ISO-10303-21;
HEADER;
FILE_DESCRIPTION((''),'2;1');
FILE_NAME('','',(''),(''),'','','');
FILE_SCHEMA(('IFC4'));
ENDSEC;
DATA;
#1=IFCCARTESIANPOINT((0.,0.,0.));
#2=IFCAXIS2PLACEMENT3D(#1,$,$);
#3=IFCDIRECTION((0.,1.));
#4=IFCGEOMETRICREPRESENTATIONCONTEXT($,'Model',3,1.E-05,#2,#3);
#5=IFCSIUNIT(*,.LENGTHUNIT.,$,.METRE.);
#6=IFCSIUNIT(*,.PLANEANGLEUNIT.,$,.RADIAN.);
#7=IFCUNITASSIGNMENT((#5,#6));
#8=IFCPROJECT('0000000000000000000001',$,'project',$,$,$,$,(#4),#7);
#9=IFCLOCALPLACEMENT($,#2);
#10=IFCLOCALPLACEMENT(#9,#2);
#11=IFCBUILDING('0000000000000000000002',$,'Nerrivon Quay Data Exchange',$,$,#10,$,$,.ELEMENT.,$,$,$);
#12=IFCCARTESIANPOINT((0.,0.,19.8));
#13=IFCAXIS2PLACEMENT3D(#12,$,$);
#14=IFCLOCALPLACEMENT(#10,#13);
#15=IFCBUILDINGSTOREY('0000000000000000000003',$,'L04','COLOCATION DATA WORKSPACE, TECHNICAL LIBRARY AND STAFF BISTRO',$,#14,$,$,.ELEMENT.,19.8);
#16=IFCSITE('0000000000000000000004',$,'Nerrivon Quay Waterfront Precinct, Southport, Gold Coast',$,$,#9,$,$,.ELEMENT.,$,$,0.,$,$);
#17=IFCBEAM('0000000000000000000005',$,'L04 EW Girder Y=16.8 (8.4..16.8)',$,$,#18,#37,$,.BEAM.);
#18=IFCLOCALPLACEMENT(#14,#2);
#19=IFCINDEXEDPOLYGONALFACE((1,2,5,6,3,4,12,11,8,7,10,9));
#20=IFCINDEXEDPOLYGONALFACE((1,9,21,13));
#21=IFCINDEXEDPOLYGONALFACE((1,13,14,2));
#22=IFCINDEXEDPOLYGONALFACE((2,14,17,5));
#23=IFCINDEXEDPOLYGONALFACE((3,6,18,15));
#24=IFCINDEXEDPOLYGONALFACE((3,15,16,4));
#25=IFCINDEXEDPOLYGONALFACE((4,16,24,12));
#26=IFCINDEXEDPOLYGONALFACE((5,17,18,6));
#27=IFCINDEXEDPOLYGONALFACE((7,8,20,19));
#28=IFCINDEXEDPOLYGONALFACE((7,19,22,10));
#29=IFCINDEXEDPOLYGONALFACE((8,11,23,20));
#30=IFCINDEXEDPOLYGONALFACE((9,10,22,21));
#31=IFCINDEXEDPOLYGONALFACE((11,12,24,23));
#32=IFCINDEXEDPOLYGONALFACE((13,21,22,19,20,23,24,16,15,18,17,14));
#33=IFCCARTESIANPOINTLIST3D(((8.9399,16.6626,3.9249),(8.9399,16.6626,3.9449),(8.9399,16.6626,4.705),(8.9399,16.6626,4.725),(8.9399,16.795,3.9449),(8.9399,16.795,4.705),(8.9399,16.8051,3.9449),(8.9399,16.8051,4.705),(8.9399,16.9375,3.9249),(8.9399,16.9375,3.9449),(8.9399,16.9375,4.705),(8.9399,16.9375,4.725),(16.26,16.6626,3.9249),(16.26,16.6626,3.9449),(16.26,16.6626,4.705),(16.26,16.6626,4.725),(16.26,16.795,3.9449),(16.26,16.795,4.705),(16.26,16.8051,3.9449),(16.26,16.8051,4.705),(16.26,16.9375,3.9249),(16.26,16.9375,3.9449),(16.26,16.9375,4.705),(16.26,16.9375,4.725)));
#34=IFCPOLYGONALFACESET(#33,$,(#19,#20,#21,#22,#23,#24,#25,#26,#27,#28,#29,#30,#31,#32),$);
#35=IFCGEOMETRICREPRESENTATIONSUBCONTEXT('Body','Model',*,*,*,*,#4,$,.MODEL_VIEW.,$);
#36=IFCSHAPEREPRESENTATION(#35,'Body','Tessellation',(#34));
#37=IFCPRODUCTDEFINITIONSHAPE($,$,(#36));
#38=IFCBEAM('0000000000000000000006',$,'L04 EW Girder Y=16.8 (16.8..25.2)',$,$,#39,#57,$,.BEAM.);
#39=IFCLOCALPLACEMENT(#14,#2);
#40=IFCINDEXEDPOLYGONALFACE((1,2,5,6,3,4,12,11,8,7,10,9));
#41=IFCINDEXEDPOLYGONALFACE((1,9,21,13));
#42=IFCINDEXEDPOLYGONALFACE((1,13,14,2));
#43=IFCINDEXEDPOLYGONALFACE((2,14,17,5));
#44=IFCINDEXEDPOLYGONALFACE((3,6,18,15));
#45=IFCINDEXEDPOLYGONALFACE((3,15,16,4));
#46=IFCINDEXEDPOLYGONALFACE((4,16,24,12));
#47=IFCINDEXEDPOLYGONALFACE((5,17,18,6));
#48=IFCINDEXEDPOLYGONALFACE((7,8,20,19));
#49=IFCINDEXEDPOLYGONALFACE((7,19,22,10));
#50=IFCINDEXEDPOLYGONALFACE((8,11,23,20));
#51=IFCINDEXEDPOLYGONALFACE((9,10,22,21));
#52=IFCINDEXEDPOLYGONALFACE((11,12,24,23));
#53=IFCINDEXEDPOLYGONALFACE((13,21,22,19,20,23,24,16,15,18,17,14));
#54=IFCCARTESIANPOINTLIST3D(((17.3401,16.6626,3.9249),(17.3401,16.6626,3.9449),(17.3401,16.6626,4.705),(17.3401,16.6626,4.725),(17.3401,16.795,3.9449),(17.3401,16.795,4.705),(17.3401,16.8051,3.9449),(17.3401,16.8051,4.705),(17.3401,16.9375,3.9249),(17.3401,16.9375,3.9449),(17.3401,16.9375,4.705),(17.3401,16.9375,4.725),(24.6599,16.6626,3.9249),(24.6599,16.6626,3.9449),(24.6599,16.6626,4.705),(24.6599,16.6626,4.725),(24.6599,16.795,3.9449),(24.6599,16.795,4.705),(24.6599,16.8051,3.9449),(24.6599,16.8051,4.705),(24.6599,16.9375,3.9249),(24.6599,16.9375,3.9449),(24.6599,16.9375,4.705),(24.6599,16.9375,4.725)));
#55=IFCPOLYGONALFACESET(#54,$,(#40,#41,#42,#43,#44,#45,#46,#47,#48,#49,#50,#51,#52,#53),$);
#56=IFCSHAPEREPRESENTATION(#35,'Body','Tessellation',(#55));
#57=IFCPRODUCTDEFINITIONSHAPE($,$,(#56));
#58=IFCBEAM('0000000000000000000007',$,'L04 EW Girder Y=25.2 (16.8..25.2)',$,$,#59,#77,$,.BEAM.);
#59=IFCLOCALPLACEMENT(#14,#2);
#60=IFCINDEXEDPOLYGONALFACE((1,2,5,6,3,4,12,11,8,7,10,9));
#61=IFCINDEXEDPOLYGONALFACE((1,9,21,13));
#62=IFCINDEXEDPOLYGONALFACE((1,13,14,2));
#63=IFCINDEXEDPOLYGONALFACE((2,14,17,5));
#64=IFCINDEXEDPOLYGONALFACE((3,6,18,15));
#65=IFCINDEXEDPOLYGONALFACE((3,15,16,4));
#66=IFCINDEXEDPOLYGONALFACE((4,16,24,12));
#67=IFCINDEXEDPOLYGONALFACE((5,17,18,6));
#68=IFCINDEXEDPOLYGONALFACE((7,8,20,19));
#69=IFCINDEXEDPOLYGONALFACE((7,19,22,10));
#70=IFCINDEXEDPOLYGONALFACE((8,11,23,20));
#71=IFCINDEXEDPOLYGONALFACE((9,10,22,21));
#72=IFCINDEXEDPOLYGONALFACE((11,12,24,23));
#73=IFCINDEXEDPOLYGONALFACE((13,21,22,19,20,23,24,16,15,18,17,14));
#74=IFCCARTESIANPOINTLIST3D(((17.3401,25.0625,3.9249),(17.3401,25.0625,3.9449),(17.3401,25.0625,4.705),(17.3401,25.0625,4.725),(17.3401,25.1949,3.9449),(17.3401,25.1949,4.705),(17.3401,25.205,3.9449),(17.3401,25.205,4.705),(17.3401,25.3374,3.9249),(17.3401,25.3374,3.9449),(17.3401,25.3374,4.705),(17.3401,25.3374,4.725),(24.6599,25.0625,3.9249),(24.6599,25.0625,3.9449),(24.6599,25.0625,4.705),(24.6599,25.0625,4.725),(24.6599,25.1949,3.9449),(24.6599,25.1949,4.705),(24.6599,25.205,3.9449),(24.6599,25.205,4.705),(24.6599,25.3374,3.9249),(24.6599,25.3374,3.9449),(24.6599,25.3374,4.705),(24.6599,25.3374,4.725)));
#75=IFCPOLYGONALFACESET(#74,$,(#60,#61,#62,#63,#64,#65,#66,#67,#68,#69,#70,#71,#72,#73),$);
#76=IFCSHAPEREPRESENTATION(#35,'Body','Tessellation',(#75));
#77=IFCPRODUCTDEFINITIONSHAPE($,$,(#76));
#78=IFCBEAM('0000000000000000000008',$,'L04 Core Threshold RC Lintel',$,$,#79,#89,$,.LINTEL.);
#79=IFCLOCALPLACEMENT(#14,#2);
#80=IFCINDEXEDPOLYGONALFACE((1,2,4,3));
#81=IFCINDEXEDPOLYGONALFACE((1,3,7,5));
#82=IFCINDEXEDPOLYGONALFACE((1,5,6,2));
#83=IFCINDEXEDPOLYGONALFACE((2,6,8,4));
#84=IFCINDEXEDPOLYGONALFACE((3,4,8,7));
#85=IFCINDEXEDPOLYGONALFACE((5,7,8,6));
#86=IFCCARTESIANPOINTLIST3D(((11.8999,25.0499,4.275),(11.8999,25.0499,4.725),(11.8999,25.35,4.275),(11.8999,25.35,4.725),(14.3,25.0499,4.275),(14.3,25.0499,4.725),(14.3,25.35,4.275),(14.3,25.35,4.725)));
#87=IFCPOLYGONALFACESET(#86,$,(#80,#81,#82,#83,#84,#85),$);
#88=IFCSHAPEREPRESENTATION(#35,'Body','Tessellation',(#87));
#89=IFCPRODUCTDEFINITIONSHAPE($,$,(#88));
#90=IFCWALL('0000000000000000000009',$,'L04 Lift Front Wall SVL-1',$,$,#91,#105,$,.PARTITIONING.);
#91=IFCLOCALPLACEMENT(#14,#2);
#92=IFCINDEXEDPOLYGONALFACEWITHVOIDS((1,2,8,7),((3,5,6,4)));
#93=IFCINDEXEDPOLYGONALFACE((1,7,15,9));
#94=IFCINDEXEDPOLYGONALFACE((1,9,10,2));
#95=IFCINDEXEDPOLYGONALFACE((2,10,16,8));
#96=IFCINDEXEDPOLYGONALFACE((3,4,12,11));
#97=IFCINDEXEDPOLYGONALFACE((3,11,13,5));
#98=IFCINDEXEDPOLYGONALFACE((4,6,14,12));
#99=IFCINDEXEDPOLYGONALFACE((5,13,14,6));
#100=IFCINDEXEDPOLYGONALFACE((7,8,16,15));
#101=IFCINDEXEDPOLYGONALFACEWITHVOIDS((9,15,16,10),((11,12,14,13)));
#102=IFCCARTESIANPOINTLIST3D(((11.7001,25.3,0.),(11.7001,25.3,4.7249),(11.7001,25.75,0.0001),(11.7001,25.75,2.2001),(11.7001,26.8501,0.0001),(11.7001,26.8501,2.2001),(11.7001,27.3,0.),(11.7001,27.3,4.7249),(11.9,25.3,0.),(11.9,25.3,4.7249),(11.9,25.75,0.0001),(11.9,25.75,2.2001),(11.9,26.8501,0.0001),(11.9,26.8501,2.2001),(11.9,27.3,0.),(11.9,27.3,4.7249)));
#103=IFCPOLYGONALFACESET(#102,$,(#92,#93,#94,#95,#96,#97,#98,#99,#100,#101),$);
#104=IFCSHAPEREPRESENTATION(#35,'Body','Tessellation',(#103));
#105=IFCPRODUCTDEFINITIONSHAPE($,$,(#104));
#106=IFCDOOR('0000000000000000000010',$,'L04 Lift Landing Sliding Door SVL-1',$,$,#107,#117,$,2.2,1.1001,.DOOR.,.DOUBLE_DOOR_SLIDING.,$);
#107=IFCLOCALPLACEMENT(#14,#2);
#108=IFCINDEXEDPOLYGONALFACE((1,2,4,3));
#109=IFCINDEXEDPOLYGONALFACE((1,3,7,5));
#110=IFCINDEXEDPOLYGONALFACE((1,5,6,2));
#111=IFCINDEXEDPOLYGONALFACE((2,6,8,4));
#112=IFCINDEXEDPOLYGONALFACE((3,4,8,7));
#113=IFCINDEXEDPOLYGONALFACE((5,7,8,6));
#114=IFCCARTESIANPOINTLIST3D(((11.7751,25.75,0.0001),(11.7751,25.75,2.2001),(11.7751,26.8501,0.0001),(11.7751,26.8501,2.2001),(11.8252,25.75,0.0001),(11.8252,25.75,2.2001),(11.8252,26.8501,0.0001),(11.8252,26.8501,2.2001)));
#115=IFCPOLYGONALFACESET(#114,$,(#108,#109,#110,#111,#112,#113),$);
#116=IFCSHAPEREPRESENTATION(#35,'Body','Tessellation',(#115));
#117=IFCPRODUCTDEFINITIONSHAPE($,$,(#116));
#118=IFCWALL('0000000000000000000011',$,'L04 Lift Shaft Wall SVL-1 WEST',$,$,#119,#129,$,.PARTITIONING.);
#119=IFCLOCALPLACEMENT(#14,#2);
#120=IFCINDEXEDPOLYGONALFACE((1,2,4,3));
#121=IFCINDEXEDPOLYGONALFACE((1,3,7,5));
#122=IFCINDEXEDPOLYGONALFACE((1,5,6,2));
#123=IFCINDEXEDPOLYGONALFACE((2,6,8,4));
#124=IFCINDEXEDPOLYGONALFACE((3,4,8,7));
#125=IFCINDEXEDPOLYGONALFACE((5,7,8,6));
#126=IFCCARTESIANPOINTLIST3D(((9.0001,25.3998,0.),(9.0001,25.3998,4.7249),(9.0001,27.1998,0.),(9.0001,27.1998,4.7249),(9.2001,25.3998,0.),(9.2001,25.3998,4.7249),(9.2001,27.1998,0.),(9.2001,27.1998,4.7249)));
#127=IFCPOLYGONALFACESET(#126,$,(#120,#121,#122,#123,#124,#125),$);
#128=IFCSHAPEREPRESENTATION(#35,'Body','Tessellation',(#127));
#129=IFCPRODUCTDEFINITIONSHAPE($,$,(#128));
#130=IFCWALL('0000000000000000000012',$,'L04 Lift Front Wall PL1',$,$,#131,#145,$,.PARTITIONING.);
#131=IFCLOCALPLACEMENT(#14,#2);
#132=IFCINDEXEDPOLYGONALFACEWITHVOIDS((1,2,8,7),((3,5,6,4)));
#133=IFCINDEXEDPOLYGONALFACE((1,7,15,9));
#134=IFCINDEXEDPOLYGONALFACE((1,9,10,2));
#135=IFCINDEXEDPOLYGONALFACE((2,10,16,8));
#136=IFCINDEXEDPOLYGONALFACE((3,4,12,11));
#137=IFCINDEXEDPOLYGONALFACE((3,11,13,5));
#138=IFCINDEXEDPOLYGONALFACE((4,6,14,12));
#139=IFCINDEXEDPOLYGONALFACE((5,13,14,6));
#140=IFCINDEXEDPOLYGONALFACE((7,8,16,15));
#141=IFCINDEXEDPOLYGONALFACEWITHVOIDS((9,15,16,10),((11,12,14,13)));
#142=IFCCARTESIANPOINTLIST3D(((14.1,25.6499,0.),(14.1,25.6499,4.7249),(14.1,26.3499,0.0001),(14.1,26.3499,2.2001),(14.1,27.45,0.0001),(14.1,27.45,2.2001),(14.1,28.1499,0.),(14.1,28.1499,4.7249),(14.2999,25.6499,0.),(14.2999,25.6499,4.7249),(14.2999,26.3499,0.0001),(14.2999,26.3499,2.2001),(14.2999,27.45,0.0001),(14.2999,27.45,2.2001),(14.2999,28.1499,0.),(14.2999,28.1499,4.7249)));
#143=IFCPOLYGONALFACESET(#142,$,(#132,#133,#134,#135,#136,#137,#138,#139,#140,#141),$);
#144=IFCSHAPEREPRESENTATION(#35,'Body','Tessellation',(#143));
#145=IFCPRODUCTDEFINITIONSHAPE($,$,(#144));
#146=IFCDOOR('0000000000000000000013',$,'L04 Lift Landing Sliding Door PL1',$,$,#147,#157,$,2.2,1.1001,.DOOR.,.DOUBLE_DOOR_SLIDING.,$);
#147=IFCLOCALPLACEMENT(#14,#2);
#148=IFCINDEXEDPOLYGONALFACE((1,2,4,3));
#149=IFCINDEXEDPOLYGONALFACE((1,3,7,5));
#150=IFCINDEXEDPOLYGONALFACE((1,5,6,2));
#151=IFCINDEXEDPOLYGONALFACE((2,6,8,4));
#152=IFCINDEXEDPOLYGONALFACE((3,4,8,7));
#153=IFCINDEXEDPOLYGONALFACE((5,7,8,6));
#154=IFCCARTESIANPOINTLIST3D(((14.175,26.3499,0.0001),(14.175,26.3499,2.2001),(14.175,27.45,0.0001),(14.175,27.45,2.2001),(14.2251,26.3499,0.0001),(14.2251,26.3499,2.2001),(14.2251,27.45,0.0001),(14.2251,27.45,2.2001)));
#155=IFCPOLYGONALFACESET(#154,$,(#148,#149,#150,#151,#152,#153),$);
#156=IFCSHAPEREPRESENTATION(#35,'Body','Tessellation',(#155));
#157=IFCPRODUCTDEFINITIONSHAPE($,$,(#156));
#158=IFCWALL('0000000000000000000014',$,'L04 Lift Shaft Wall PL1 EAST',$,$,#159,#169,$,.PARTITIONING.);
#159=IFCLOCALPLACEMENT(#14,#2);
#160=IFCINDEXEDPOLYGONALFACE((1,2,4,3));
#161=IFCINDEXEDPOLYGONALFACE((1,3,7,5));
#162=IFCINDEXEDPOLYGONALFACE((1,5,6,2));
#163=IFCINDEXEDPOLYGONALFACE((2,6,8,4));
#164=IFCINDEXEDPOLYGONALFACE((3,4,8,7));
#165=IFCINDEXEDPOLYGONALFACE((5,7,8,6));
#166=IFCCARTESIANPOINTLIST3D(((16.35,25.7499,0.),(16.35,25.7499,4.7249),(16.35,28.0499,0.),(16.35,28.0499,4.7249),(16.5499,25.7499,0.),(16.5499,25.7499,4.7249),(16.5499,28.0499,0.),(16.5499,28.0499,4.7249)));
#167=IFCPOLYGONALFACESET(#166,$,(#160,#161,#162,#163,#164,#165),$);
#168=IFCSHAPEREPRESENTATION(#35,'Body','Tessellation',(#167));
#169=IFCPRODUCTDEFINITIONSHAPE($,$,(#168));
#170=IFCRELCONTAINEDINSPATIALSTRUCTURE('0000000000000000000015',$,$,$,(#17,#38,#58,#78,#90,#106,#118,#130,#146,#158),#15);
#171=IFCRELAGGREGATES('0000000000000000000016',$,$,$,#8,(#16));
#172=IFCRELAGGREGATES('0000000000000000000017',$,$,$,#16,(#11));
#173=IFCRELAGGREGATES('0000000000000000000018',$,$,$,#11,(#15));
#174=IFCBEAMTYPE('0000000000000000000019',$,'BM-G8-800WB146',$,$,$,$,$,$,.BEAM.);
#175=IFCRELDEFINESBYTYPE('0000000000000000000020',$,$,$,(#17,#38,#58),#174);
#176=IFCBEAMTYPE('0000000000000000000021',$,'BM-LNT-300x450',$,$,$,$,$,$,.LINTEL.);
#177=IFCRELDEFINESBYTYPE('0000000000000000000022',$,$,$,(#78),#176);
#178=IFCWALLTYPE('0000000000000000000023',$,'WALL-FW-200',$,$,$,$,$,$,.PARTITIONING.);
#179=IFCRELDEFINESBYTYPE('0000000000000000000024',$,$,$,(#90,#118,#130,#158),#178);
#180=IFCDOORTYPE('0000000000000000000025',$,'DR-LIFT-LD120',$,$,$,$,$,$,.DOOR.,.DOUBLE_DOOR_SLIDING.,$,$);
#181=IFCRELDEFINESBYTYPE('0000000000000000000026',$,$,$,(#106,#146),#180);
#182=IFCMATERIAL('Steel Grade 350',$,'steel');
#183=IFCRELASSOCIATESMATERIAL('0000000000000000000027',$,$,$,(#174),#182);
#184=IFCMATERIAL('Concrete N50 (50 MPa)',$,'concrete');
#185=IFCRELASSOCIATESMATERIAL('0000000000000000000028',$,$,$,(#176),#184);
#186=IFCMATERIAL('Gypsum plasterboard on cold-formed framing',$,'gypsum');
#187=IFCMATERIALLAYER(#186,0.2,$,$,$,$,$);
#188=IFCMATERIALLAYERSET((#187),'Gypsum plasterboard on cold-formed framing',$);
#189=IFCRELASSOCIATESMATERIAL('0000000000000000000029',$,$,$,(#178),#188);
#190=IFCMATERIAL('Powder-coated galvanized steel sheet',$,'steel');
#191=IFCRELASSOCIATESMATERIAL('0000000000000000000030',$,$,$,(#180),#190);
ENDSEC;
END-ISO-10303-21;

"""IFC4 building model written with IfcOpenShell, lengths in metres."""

from ifc_helpers import new_model, si_unit, direction, frame, frame_2d, origin, origin_2d, place, context, subcontext, project, spatial, rectangle, i_section, extrude, material, layer, layer_set, material_profile, profile_set, type_object, element, fill, save


model = new_model("IFC4")

# Units and contexts
model_context = context("Model", 3, precision=1e-05, world=origin(), true_north=direction((0.0, 1.0)))
body_context = subcontext(model_context, "Body", "Model", "MODEL_VIEW")
ifc_project = project(units=[si_unit("LENGTHUNIT", "METRE"), si_unit("PLANEANGLEUNIT", "RADIAN")], contexts=[model_context])

# Site, building, storey
site_placement = place(None, origin())
site = spatial("IfcSite", under=ifc_project, at=site_placement, Name="Nerrivon Quay Waterfront Precinct, Southport, Gold Coast", CompositionType="ELEMENT", RefElevation=0.0)
building_placement = place(site_placement, origin())
building = spatial("IfcBuilding", under=site, at=building_placement, Name="Nerrivon Quay Data Exchange", CompositionType="ELEMENT")
storey_placement = place(building_placement, frame((0.0, 0.0, 19.8)))
storey = spatial("IfcBuildingStorey", under=building, at=storey_placement, Name="L04", Description="COLOCATION DATA WORKSPACE, TECHNICAL LIBRARY AND STAFF BISTRO", CompositionType="ELEMENT", Elevation=19.8)

# Beams
ifc_material_1 = material(Name="Steel Grade 350", Category="steel")
ifc_material_profile_1 = material_profile(ifc_material_1, i_section(OverallWidth=0.2749, OverallDepth=0.8, WebThickness=0.01, FlangeThickness=0.02, at=origin_2d()), Name="800WB146")
ifc_profile_set_1 = profile_set([ifc_material_profile_1], Name="Steel Grade 350")
beam_type_1 = type_object("IfcBeamType", Name="BM-G8-800WB146", PredefinedType="BEAM", material=ifc_profile_set_1)
beam_1_placement = place(storey_placement, frame((8.9399, 16.8, 4.325), z_axis=(1.0, 0.0, 0.0), x_axis=(0.0, 1.0, 0.0)))
element("IfcBeam", 1, at=beam_1_placement, inside=storey, type_object=beam_type_1, Name="L04 EW Girder Y=16.8 (8.4..16.8)", PredefinedType="BEAM", context=body_context, shape_type="SweptSolid", body=[
    extrude(i_section(OverallWidth=0.2749, OverallDepth=0.8, WebThickness=0.01, FlangeThickness=0.02, at=origin_2d()), origin(), (0.0, 0.0, 1.0), 7.3201),
])
for number, where, z_axis, x_axis, name in (
    (2, (17.3401, 16.8, 4.325), (1.0, 0.0, 0.0), (0.0, 1.0, 0.0), "L04 EW Girder Y=16.8 (16.8..25.2)"),
    (3, (17.3401, 25.2, 4.325), (1.0, 0.0, 0.0), (0.0, 1.0, 0.0), "L04 EW Girder Y=25.2 (16.8..25.2)"),
):
    element("IfcBeam", number, at=place(storey_placement, frame(where, z_axis=z_axis, x_axis=x_axis)), inside=storey, type_object=beam_type_1, Name=name, PredefinedType="BEAM", context=body_context, shape_type="SweptSolid", body=[
        extrude(i_section(OverallWidth=0.2749, OverallDepth=0.8, WebThickness=0.01, FlangeThickness=0.02, at=origin_2d()), origin(), (0.0, 0.0, 1.0), 7.3198),
    ])
ifc_material_2 = material(Name="Concrete N50 (50 MPa)", Category="concrete")
ifc_material_profile_2 = material_profile(ifc_material_2, rectangle(XDim=0.3, YDim=0.45, at=origin_2d()), Name="RC-LNT-300x450")
ifc_profile_set_2 = profile_set([ifc_material_profile_2], Name="Concrete N50 (50 MPa)")
beam_type_2 = type_object("IfcBeamType", Name="BM-LNT-300x450", PredefinedType="LINTEL", material=ifc_profile_set_2)
beam_2_placement = place(storey_placement, frame((11.8999, 25.2, 4.5), z_axis=(1.0, 0.0, 0.0), x_axis=(0.0, 1.0, 0.0)))
element("IfcBeam", 4, at=beam_2_placement, inside=storey, type_object=beam_type_2, Name="L04 Core Threshold RC Lintel", PredefinedType="LINTEL", context=body_context, shape_type="SweptSolid", body=[
    extrude(rectangle(XDim=0.3, YDim=0.45, at=origin_2d()), origin(), (0.0, 0.0, 1.0), 2.4001),
])

# Wall, opening, door
ifc_material_3 = material(Name="Powder-coated galvanized steel sheet", Category="steel")
ifc_material_4 = material(Name="Gypsum plasterboard on cold-formed framing", Category="gypsum")
ifc_layer_1 = layer(ifc_material_4, 0.2)
ifc_layer_set_1 = layer_set([ifc_layer_1], Name="Gypsum plasterboard on cold-formed framing")
wall_type_1 = type_object("IfcWallType", Name="WALL-FW-200", PredefinedType="PARTITIONING", material=ifc_layer_set_1)
wall_1_placement = place(storey_placement, frame((11.8, 25.3, 0.0), z_axis=(0.0, 0.0, 1.0), x_axis=(0.0, 1.0, 0.0)))
wall_1 = element("IfcWall", 5, at=wall_1_placement, inside=storey, type_object=wall_type_1, Name="L04 Lift Front Wall SVL-1", PredefinedType="PARTITIONING", context=body_context, shape_type="SweptSolid", body=[
    extrude(rectangle(XDim=2.0, YDim=0.2, at=frame_2d((1.0, 0.0))), origin(), (0.0, 0.0, 1.0), 4.7249),
])
opening_1_placement = place(wall_1_placement, frame((0.45, 0.0, 0.0)))
opening_1 = element("IfcOpeningElement", 6, at=opening_1_placement, cuts=wall_1, PredefinedType="OPENING", context=body_context, shape_type="SweptSolid", body=[
    extrude(rectangle(XDim=1.1001, YDim=2.2, at=frame_2d((0.55, 1.1001))), frame((0.0, 0.1099, 0.0), z_axis=(0.0, -1.0, 0.0), x_axis=(1.0, 0.0, 0.0)), (0.0, 0.0, 1.0), 0.22),
])
door_type_1 = type_object("IfcDoorType", Name="DR-LIFT-LD120", OperationType="DOUBLE_DOOR_SLIDING", PredefinedType="DOOR", material=ifc_material_3)
door_1_placement = place(opening_1_placement, origin())
door_1 = element("IfcDoor", 7, at=door_1_placement, inside=storey, type_object=door_type_1, Name="L04 Lift Landing Sliding Door SVL-1", OperationType="DOUBLE_DOOR_SLIDING", OverallHeight=2.2, OverallWidth=1.1001, PredefinedType="DOOR", context=body_context, shape_type="SweptSolid", body=[
    extrude(rectangle(XDim=1.1001, YDim=2.2, at=frame_2d((0.55, 1.1001))), frame((0.0, 0.0249, 0.0), z_axis=(0.0, -1.0, 0.0), x_axis=(1.0, 0.0, 0.0)), (0.0, 0.0, 1.0), 0.05),
])
fill(opening_1, door_1)

# Wall
wall_2_placement = place(storey_placement, frame((9.1001, 25.3999, 0.0), z_axis=(0.0, 0.0, 1.0), x_axis=(0.0, 1.0, 0.0)))
element("IfcWall", 8, at=wall_2_placement, inside=storey, type_object=wall_type_1, Name="L04 Lift Shaft Wall SVL-1 WEST", PredefinedType="PARTITIONING", context=body_context, shape_type="SweptSolid", body=[
    extrude(rectangle(XDim=1.8, YDim=0.2, at=frame_2d((0.8999, 0.0))), origin(), (0.0, 0.0, 1.0), 4.7249),
])

# Wall, opening, door
wall_3_placement = place(storey_placement, frame((14.2, 25.6499, 0.0), z_axis=(0.0, 0.0, 1.0), x_axis=(0.0, 1.0, 0.0)))
wall_3 = element("IfcWall", 9, at=wall_3_placement, inside=storey, type_object=wall_type_1, Name="L04 Lift Front Wall PL1", PredefinedType="PARTITIONING", context=body_context, shape_type="SweptSolid", body=[
    extrude(rectangle(XDim=2.5, YDim=0.2, at=frame_2d((1.25, 0.0))), origin(), (0.0, 0.0, 1.0), 4.7249),
])
opening_2_placement = place(wall_3_placement, frame((0.7, 0.0, 0.0)))
opening_2 = element("IfcOpeningElement", 10, at=opening_2_placement, cuts=wall_3, PredefinedType="OPENING", context=body_context, shape_type="SweptSolid", body=[
    extrude(rectangle(XDim=1.1001, YDim=2.2, at=frame_2d((0.55, 1.1001))), frame((0.0, 0.1099, 0.0), z_axis=(0.0, -1.0, 0.0), x_axis=(1.0, 0.0, 0.0)), (0.0, 0.0, 1.0), 0.22),
])
door_2_placement = place(opening_2_placement, origin())
door_2 = element("IfcDoor", 11, at=door_2_placement, inside=storey, type_object=door_type_1, Name="L04 Lift Landing Sliding Door PL1", OperationType="DOUBLE_DOOR_SLIDING", OverallHeight=2.2, OverallWidth=1.1001, PredefinedType="DOOR", context=body_context, shape_type="SweptSolid", body=[
    extrude(rectangle(XDim=1.1001, YDim=2.2, at=frame_2d((0.55, 1.1001))), frame((0.0, 0.0249, 0.0), z_axis=(0.0, -1.0, 0.0), x_axis=(1.0, 0.0, 0.0)), (0.0, 0.0, 1.0), 0.05),
])
fill(opening_2, door_2)

# Wall
wall_4_placement = place(storey_placement, frame((16.45, 25.75, 0.0), z_axis=(0.0, 0.0, 1.0), x_axis=(0.0, 1.0, 0.0)))
element("IfcWall", 12, at=wall_4_placement, inside=storey, type_object=wall_type_1, Name="L04 Lift Shaft Wall PL1 EAST", PredefinedType="PARTITIONING", context=body_context, shape_type="SweptSolid", body=[
    extrude(rectangle(XDim=2.3, YDim=0.2, at=frame_2d((1.1499, 0.0))), origin(), (0.0, 0.0, 1.0), 4.7249),
])

save(model, "model.ifc")
